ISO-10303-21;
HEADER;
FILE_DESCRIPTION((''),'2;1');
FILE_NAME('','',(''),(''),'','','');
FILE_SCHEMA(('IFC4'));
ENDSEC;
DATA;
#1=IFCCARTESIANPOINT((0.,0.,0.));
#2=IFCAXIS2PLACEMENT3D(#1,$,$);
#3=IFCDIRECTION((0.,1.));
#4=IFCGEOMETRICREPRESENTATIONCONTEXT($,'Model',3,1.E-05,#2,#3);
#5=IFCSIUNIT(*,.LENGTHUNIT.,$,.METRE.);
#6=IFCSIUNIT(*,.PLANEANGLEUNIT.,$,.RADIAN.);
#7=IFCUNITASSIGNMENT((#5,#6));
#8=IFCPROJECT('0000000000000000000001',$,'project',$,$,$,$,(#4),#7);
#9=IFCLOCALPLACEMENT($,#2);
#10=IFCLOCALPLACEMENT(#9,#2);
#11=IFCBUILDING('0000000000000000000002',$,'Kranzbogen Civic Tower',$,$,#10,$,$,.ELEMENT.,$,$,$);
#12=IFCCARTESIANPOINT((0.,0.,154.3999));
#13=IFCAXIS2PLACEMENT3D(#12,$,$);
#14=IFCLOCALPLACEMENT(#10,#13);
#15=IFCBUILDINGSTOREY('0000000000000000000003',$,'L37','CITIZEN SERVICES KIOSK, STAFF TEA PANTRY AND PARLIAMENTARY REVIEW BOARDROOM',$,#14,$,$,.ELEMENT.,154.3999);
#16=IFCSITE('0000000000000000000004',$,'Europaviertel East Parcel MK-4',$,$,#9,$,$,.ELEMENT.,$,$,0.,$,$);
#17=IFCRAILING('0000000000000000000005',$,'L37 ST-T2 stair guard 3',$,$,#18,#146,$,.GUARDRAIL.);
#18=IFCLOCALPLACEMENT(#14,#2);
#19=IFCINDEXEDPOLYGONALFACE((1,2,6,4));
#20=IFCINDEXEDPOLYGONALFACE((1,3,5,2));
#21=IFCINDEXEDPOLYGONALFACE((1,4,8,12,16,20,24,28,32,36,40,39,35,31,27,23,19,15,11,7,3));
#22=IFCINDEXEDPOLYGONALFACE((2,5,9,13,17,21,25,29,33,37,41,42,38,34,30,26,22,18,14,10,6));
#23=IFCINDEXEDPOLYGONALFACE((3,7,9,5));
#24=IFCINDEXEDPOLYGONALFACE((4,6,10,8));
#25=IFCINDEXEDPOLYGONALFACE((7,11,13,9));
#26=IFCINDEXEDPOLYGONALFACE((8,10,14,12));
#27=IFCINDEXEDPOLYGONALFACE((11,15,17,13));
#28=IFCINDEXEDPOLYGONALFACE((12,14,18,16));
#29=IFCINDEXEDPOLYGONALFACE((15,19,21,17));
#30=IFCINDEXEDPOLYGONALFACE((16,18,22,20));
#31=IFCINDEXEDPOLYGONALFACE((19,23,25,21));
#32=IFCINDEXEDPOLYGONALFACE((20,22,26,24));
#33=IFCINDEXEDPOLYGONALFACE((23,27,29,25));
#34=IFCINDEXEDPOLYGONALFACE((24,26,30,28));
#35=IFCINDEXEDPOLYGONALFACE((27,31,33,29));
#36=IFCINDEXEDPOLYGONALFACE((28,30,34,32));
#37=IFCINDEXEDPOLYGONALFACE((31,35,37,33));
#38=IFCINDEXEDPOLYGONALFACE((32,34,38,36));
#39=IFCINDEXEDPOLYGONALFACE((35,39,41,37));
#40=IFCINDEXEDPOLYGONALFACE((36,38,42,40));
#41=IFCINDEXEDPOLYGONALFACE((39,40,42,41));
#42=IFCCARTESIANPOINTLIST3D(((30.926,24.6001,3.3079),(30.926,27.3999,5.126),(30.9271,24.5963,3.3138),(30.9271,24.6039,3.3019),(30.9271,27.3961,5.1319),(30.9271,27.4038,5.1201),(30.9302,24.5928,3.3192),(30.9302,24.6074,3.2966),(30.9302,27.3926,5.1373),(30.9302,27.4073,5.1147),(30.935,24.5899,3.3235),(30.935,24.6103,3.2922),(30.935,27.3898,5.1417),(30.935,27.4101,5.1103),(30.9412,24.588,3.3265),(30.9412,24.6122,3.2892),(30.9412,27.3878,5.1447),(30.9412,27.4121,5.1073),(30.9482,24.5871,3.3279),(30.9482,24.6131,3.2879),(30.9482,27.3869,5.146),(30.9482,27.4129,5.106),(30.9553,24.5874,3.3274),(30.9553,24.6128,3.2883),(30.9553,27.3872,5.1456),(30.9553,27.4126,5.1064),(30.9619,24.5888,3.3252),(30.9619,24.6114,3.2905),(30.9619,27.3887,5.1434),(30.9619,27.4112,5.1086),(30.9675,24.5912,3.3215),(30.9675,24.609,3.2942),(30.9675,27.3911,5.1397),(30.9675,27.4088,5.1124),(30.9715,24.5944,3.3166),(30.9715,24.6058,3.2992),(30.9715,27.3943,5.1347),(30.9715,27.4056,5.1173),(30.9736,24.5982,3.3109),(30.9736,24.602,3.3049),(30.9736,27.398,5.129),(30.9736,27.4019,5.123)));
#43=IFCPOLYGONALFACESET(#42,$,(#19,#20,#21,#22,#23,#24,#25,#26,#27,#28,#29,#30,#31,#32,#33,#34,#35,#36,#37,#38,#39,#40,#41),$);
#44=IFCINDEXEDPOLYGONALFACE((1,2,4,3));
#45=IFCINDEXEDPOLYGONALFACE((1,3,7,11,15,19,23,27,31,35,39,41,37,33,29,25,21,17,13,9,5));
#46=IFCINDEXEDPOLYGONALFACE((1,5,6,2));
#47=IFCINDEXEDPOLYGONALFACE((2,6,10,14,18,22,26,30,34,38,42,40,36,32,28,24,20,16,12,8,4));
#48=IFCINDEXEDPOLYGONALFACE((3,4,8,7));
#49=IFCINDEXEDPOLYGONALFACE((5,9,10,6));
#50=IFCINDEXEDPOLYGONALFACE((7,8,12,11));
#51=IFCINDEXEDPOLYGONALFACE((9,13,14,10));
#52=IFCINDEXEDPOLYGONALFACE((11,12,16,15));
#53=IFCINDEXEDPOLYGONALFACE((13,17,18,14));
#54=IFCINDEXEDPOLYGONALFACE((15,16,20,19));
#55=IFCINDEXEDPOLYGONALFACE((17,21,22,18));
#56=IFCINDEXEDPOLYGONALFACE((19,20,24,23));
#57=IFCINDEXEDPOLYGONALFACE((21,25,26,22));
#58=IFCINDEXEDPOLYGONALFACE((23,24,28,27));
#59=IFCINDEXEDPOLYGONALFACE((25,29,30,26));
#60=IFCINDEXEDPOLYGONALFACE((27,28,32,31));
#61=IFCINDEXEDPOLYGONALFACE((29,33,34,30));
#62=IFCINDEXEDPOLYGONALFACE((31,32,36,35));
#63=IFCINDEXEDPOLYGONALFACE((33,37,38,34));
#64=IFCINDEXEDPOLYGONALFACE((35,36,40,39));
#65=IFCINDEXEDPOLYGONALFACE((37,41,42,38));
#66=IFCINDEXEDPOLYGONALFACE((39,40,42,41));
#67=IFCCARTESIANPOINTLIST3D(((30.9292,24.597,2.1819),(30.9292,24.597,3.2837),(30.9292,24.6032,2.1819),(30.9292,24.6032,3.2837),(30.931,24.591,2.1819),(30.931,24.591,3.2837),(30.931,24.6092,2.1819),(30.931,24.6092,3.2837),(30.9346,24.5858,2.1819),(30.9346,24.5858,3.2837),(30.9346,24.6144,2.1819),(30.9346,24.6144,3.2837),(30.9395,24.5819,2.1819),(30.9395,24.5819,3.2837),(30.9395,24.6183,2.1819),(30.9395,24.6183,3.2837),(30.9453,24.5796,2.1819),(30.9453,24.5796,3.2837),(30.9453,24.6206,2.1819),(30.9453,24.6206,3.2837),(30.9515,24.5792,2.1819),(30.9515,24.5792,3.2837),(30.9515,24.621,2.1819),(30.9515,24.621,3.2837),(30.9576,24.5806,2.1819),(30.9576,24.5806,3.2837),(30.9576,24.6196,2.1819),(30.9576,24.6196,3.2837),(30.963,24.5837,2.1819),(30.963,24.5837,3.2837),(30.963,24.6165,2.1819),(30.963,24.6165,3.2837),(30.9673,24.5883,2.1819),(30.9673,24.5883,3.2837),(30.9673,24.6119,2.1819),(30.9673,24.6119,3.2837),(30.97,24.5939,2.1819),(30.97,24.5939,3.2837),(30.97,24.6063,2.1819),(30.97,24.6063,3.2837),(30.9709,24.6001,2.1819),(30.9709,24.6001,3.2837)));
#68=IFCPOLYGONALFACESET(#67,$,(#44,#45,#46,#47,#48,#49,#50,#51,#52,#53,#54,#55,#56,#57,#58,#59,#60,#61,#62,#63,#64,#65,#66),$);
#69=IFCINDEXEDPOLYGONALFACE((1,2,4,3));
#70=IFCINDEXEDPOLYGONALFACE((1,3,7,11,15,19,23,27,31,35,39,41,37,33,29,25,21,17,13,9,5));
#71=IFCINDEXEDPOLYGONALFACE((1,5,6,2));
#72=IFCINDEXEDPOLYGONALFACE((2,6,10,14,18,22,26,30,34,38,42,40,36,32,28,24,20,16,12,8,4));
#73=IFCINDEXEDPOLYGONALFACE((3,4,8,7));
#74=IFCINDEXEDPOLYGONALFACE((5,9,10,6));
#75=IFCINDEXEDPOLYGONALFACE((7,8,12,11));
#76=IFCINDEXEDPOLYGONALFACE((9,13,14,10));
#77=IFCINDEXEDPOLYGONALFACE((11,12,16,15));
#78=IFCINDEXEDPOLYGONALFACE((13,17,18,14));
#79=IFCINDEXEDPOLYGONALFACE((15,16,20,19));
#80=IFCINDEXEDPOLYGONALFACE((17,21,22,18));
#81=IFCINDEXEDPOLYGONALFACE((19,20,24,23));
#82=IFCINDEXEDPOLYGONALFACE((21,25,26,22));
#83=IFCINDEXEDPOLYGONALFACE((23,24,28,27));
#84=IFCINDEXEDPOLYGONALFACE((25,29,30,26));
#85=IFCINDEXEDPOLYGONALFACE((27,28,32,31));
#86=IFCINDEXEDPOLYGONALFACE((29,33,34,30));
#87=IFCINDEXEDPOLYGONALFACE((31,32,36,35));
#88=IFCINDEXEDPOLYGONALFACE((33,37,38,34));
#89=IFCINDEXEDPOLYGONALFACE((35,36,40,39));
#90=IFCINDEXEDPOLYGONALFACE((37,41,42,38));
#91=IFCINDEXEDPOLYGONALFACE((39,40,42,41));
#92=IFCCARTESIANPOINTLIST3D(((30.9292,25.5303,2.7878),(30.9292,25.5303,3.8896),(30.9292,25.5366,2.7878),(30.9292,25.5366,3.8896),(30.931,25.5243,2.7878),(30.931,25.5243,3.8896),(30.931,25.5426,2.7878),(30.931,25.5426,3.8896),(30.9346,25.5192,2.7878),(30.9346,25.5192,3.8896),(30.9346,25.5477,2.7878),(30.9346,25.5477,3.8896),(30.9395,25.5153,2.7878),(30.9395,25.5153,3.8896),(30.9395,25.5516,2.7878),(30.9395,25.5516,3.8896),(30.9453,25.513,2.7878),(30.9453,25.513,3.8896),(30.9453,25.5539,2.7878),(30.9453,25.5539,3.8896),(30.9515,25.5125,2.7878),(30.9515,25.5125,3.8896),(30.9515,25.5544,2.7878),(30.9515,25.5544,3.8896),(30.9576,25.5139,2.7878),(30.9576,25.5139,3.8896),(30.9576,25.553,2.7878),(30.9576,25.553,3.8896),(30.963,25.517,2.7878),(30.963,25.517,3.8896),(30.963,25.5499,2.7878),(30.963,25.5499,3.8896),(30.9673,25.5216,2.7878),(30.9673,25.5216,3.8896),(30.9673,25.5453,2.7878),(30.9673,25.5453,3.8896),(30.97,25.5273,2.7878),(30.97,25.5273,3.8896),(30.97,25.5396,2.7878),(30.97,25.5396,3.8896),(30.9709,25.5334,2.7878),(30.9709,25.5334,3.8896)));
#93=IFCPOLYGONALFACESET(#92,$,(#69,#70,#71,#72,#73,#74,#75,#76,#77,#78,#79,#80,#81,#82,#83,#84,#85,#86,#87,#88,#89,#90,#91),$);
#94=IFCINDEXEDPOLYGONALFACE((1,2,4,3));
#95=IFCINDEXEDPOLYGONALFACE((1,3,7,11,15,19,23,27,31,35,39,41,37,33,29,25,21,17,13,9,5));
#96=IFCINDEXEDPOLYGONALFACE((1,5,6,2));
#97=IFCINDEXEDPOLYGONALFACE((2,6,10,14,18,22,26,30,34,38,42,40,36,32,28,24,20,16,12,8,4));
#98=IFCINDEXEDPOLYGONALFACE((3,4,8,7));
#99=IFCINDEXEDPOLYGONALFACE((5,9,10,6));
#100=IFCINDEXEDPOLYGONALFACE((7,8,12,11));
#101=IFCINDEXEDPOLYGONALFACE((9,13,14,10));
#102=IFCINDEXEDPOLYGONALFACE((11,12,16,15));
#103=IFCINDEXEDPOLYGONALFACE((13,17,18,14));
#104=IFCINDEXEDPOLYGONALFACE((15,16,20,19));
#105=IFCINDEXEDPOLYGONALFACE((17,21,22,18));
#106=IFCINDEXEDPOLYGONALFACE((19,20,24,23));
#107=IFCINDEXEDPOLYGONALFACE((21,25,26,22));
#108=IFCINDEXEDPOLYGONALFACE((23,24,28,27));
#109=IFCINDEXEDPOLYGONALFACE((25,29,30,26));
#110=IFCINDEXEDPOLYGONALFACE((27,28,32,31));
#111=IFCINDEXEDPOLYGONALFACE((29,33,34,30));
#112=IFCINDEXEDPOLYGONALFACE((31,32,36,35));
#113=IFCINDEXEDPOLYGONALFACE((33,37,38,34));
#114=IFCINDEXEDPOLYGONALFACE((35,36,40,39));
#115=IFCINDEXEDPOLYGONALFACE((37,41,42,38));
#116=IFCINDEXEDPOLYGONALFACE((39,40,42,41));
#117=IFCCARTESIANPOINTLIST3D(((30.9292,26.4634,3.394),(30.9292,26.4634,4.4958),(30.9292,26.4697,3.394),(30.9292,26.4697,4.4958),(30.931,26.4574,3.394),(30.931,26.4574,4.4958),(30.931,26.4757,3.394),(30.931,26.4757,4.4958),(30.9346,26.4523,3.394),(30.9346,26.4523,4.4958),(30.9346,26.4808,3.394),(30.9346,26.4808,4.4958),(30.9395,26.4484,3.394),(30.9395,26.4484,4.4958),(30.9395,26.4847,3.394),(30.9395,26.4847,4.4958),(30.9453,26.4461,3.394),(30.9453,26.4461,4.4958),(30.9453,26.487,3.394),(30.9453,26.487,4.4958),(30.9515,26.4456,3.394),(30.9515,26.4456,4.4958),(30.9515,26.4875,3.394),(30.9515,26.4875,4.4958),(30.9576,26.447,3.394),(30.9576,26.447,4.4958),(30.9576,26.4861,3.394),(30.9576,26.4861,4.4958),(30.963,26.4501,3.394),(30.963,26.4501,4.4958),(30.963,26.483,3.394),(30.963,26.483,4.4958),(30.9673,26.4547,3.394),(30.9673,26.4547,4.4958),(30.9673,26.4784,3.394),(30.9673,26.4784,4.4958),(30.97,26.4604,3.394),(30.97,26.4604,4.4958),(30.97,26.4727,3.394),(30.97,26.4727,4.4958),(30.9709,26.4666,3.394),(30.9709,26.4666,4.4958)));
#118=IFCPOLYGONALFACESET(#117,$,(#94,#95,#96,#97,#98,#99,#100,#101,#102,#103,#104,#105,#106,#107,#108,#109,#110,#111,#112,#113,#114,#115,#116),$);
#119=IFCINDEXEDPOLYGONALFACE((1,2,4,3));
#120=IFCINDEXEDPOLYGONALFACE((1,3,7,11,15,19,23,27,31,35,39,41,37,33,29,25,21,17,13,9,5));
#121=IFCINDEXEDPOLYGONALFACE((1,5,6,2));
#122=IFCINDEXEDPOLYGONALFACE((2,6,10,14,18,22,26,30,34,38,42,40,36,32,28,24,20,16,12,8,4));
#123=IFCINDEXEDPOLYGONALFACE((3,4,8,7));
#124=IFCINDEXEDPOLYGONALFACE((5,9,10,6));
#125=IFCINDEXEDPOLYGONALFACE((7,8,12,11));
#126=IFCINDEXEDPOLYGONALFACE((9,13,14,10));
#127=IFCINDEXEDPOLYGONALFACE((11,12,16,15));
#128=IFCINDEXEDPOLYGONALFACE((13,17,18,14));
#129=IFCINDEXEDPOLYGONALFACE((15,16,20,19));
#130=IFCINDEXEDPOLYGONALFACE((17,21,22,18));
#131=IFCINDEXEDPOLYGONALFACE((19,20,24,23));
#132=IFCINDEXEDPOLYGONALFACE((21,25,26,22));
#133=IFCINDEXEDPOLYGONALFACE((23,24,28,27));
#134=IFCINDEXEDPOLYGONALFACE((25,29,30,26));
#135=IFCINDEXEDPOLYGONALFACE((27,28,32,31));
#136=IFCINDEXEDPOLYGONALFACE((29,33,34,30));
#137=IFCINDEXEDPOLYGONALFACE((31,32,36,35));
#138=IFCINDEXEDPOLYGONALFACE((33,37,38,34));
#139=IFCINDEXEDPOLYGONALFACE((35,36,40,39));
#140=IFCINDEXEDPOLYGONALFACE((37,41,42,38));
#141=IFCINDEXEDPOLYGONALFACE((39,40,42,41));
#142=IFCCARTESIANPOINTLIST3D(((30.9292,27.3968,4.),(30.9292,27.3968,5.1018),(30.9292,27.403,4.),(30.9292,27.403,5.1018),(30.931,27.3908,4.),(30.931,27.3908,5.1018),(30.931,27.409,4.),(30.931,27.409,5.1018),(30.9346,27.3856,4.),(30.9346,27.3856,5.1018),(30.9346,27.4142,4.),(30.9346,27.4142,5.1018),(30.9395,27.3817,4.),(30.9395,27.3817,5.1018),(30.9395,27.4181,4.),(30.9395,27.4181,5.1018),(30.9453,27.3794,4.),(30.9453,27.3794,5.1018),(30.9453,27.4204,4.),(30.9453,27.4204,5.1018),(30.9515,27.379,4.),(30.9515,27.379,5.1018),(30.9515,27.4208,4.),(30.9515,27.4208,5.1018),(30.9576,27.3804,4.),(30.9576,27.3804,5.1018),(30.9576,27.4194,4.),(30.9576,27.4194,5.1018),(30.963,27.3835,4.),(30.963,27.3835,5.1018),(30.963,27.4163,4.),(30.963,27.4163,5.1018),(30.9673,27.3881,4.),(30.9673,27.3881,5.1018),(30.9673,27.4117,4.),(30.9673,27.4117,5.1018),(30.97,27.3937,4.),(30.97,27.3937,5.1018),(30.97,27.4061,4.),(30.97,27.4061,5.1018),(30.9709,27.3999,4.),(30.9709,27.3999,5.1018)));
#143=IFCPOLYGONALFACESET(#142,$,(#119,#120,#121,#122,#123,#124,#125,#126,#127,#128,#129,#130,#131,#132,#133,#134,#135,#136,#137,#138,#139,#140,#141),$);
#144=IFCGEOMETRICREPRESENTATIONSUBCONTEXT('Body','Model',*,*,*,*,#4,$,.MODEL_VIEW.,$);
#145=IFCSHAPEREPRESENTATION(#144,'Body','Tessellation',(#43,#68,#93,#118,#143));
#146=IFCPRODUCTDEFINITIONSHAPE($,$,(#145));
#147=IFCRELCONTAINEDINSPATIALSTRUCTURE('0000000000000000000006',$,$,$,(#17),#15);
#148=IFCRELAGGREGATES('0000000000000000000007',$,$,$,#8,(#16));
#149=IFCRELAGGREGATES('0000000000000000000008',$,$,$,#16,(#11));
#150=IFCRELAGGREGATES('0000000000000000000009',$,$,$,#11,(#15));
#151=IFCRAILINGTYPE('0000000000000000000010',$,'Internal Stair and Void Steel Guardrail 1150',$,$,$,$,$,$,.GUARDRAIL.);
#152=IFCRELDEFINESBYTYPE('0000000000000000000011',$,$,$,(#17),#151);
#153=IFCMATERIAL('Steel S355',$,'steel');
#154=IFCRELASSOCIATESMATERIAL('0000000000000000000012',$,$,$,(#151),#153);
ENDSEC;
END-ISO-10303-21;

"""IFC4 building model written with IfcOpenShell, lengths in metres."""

from ifc_helpers import new_model, si_unit, direction, frame, origin, origin_2d, place, context, subcontext, project, spatial, circle, extrude, material, type_object, element, save


model = new_model("IFC4")

# Units and contexts
model_context = context("Model", 3, precision=1e-05, world=origin(), true_north=direction((0.0, 1.0)))
body_context = subcontext(model_context, "Body", "Model", "MODEL_VIEW")
ifc_project = project(units=[si_unit("LENGTHUNIT", "METRE"), si_unit("PLANEANGLEUNIT", "RADIAN")], contexts=[model_context])

# Site, building, storey
site_placement = place(None, origin())
site = spatial("IfcSite", under=ifc_project, at=site_placement, Name="Europaviertel East Parcel MK-4", CompositionType="ELEMENT", RefElevation=0.0)
building_placement = place(site_placement, origin())
building = spatial("IfcBuilding", under=site, at=building_placement, Name="Kranzbogen Civic Tower", CompositionType="ELEMENT")
storey_placement = place(building_placement, frame((0.0, 0.0, 154.3999)))
storey = spatial("IfcBuildingStorey", under=building, at=storey_placement, Name="L37", Description="CITIZEN SERVICES KIOSK, STAFF TEA PANTRY AND PARLIAMENTARY REVIEW BOARDROOM", CompositionType="ELEMENT", Elevation=154.3999)

# Shared definitions
ifc_material_1 = material(Name="Steel S355", Category="steel")

# Railing
railing_type_1 = type_object("IfcRailingType", Name="Internal Stair and Void Steel Guardrail 1150", PredefinedType="GUARDRAIL", material=ifc_material_1)
railing_1_placement = place(storey_placement, frame((30.95, 24.6001, 2.1819)))
element("IfcRailing", 1, at=railing_1_placement, inside=storey, type_object=railing_type_1, Name="L37 ST-T2 stair guard 3", PredefinedType="GUARDRAIL", context=body_context, shape_type="SweptSolid", body=[
    extrude(circle(Radius=0.0239, at=origin_2d()), frame((0.0, 0.0, 1.126), z_axis=(0.0, 0.838684, 0.544618), x_axis=(-1.0, 0.0, 0.0)), (0.0, 0.0, 1.0), 3.3384),
    extrude(circle(Radius=0.021, at=origin_2d()), origin(), (0.0, 0.0, 1.0), 1.1018),
    extrude(circle(Radius=0.021, at=origin_2d()), frame((0.0, 0.9333, 0.606)), (0.0, 0.0, 1.0), 1.1018),
    extrude(circle(Radius=0.021, at=origin_2d()), frame((0.0, 1.8665, 1.2122)), (0.0, 0.0, 1.0), 1.1018),
    extrude(circle(Radius=0.021, at=origin_2d()), frame((0.0, 2.7998, 1.8181)), (0.0, 0.0, 1.0), 1.1018),
])

save(model, "model.ifc")
